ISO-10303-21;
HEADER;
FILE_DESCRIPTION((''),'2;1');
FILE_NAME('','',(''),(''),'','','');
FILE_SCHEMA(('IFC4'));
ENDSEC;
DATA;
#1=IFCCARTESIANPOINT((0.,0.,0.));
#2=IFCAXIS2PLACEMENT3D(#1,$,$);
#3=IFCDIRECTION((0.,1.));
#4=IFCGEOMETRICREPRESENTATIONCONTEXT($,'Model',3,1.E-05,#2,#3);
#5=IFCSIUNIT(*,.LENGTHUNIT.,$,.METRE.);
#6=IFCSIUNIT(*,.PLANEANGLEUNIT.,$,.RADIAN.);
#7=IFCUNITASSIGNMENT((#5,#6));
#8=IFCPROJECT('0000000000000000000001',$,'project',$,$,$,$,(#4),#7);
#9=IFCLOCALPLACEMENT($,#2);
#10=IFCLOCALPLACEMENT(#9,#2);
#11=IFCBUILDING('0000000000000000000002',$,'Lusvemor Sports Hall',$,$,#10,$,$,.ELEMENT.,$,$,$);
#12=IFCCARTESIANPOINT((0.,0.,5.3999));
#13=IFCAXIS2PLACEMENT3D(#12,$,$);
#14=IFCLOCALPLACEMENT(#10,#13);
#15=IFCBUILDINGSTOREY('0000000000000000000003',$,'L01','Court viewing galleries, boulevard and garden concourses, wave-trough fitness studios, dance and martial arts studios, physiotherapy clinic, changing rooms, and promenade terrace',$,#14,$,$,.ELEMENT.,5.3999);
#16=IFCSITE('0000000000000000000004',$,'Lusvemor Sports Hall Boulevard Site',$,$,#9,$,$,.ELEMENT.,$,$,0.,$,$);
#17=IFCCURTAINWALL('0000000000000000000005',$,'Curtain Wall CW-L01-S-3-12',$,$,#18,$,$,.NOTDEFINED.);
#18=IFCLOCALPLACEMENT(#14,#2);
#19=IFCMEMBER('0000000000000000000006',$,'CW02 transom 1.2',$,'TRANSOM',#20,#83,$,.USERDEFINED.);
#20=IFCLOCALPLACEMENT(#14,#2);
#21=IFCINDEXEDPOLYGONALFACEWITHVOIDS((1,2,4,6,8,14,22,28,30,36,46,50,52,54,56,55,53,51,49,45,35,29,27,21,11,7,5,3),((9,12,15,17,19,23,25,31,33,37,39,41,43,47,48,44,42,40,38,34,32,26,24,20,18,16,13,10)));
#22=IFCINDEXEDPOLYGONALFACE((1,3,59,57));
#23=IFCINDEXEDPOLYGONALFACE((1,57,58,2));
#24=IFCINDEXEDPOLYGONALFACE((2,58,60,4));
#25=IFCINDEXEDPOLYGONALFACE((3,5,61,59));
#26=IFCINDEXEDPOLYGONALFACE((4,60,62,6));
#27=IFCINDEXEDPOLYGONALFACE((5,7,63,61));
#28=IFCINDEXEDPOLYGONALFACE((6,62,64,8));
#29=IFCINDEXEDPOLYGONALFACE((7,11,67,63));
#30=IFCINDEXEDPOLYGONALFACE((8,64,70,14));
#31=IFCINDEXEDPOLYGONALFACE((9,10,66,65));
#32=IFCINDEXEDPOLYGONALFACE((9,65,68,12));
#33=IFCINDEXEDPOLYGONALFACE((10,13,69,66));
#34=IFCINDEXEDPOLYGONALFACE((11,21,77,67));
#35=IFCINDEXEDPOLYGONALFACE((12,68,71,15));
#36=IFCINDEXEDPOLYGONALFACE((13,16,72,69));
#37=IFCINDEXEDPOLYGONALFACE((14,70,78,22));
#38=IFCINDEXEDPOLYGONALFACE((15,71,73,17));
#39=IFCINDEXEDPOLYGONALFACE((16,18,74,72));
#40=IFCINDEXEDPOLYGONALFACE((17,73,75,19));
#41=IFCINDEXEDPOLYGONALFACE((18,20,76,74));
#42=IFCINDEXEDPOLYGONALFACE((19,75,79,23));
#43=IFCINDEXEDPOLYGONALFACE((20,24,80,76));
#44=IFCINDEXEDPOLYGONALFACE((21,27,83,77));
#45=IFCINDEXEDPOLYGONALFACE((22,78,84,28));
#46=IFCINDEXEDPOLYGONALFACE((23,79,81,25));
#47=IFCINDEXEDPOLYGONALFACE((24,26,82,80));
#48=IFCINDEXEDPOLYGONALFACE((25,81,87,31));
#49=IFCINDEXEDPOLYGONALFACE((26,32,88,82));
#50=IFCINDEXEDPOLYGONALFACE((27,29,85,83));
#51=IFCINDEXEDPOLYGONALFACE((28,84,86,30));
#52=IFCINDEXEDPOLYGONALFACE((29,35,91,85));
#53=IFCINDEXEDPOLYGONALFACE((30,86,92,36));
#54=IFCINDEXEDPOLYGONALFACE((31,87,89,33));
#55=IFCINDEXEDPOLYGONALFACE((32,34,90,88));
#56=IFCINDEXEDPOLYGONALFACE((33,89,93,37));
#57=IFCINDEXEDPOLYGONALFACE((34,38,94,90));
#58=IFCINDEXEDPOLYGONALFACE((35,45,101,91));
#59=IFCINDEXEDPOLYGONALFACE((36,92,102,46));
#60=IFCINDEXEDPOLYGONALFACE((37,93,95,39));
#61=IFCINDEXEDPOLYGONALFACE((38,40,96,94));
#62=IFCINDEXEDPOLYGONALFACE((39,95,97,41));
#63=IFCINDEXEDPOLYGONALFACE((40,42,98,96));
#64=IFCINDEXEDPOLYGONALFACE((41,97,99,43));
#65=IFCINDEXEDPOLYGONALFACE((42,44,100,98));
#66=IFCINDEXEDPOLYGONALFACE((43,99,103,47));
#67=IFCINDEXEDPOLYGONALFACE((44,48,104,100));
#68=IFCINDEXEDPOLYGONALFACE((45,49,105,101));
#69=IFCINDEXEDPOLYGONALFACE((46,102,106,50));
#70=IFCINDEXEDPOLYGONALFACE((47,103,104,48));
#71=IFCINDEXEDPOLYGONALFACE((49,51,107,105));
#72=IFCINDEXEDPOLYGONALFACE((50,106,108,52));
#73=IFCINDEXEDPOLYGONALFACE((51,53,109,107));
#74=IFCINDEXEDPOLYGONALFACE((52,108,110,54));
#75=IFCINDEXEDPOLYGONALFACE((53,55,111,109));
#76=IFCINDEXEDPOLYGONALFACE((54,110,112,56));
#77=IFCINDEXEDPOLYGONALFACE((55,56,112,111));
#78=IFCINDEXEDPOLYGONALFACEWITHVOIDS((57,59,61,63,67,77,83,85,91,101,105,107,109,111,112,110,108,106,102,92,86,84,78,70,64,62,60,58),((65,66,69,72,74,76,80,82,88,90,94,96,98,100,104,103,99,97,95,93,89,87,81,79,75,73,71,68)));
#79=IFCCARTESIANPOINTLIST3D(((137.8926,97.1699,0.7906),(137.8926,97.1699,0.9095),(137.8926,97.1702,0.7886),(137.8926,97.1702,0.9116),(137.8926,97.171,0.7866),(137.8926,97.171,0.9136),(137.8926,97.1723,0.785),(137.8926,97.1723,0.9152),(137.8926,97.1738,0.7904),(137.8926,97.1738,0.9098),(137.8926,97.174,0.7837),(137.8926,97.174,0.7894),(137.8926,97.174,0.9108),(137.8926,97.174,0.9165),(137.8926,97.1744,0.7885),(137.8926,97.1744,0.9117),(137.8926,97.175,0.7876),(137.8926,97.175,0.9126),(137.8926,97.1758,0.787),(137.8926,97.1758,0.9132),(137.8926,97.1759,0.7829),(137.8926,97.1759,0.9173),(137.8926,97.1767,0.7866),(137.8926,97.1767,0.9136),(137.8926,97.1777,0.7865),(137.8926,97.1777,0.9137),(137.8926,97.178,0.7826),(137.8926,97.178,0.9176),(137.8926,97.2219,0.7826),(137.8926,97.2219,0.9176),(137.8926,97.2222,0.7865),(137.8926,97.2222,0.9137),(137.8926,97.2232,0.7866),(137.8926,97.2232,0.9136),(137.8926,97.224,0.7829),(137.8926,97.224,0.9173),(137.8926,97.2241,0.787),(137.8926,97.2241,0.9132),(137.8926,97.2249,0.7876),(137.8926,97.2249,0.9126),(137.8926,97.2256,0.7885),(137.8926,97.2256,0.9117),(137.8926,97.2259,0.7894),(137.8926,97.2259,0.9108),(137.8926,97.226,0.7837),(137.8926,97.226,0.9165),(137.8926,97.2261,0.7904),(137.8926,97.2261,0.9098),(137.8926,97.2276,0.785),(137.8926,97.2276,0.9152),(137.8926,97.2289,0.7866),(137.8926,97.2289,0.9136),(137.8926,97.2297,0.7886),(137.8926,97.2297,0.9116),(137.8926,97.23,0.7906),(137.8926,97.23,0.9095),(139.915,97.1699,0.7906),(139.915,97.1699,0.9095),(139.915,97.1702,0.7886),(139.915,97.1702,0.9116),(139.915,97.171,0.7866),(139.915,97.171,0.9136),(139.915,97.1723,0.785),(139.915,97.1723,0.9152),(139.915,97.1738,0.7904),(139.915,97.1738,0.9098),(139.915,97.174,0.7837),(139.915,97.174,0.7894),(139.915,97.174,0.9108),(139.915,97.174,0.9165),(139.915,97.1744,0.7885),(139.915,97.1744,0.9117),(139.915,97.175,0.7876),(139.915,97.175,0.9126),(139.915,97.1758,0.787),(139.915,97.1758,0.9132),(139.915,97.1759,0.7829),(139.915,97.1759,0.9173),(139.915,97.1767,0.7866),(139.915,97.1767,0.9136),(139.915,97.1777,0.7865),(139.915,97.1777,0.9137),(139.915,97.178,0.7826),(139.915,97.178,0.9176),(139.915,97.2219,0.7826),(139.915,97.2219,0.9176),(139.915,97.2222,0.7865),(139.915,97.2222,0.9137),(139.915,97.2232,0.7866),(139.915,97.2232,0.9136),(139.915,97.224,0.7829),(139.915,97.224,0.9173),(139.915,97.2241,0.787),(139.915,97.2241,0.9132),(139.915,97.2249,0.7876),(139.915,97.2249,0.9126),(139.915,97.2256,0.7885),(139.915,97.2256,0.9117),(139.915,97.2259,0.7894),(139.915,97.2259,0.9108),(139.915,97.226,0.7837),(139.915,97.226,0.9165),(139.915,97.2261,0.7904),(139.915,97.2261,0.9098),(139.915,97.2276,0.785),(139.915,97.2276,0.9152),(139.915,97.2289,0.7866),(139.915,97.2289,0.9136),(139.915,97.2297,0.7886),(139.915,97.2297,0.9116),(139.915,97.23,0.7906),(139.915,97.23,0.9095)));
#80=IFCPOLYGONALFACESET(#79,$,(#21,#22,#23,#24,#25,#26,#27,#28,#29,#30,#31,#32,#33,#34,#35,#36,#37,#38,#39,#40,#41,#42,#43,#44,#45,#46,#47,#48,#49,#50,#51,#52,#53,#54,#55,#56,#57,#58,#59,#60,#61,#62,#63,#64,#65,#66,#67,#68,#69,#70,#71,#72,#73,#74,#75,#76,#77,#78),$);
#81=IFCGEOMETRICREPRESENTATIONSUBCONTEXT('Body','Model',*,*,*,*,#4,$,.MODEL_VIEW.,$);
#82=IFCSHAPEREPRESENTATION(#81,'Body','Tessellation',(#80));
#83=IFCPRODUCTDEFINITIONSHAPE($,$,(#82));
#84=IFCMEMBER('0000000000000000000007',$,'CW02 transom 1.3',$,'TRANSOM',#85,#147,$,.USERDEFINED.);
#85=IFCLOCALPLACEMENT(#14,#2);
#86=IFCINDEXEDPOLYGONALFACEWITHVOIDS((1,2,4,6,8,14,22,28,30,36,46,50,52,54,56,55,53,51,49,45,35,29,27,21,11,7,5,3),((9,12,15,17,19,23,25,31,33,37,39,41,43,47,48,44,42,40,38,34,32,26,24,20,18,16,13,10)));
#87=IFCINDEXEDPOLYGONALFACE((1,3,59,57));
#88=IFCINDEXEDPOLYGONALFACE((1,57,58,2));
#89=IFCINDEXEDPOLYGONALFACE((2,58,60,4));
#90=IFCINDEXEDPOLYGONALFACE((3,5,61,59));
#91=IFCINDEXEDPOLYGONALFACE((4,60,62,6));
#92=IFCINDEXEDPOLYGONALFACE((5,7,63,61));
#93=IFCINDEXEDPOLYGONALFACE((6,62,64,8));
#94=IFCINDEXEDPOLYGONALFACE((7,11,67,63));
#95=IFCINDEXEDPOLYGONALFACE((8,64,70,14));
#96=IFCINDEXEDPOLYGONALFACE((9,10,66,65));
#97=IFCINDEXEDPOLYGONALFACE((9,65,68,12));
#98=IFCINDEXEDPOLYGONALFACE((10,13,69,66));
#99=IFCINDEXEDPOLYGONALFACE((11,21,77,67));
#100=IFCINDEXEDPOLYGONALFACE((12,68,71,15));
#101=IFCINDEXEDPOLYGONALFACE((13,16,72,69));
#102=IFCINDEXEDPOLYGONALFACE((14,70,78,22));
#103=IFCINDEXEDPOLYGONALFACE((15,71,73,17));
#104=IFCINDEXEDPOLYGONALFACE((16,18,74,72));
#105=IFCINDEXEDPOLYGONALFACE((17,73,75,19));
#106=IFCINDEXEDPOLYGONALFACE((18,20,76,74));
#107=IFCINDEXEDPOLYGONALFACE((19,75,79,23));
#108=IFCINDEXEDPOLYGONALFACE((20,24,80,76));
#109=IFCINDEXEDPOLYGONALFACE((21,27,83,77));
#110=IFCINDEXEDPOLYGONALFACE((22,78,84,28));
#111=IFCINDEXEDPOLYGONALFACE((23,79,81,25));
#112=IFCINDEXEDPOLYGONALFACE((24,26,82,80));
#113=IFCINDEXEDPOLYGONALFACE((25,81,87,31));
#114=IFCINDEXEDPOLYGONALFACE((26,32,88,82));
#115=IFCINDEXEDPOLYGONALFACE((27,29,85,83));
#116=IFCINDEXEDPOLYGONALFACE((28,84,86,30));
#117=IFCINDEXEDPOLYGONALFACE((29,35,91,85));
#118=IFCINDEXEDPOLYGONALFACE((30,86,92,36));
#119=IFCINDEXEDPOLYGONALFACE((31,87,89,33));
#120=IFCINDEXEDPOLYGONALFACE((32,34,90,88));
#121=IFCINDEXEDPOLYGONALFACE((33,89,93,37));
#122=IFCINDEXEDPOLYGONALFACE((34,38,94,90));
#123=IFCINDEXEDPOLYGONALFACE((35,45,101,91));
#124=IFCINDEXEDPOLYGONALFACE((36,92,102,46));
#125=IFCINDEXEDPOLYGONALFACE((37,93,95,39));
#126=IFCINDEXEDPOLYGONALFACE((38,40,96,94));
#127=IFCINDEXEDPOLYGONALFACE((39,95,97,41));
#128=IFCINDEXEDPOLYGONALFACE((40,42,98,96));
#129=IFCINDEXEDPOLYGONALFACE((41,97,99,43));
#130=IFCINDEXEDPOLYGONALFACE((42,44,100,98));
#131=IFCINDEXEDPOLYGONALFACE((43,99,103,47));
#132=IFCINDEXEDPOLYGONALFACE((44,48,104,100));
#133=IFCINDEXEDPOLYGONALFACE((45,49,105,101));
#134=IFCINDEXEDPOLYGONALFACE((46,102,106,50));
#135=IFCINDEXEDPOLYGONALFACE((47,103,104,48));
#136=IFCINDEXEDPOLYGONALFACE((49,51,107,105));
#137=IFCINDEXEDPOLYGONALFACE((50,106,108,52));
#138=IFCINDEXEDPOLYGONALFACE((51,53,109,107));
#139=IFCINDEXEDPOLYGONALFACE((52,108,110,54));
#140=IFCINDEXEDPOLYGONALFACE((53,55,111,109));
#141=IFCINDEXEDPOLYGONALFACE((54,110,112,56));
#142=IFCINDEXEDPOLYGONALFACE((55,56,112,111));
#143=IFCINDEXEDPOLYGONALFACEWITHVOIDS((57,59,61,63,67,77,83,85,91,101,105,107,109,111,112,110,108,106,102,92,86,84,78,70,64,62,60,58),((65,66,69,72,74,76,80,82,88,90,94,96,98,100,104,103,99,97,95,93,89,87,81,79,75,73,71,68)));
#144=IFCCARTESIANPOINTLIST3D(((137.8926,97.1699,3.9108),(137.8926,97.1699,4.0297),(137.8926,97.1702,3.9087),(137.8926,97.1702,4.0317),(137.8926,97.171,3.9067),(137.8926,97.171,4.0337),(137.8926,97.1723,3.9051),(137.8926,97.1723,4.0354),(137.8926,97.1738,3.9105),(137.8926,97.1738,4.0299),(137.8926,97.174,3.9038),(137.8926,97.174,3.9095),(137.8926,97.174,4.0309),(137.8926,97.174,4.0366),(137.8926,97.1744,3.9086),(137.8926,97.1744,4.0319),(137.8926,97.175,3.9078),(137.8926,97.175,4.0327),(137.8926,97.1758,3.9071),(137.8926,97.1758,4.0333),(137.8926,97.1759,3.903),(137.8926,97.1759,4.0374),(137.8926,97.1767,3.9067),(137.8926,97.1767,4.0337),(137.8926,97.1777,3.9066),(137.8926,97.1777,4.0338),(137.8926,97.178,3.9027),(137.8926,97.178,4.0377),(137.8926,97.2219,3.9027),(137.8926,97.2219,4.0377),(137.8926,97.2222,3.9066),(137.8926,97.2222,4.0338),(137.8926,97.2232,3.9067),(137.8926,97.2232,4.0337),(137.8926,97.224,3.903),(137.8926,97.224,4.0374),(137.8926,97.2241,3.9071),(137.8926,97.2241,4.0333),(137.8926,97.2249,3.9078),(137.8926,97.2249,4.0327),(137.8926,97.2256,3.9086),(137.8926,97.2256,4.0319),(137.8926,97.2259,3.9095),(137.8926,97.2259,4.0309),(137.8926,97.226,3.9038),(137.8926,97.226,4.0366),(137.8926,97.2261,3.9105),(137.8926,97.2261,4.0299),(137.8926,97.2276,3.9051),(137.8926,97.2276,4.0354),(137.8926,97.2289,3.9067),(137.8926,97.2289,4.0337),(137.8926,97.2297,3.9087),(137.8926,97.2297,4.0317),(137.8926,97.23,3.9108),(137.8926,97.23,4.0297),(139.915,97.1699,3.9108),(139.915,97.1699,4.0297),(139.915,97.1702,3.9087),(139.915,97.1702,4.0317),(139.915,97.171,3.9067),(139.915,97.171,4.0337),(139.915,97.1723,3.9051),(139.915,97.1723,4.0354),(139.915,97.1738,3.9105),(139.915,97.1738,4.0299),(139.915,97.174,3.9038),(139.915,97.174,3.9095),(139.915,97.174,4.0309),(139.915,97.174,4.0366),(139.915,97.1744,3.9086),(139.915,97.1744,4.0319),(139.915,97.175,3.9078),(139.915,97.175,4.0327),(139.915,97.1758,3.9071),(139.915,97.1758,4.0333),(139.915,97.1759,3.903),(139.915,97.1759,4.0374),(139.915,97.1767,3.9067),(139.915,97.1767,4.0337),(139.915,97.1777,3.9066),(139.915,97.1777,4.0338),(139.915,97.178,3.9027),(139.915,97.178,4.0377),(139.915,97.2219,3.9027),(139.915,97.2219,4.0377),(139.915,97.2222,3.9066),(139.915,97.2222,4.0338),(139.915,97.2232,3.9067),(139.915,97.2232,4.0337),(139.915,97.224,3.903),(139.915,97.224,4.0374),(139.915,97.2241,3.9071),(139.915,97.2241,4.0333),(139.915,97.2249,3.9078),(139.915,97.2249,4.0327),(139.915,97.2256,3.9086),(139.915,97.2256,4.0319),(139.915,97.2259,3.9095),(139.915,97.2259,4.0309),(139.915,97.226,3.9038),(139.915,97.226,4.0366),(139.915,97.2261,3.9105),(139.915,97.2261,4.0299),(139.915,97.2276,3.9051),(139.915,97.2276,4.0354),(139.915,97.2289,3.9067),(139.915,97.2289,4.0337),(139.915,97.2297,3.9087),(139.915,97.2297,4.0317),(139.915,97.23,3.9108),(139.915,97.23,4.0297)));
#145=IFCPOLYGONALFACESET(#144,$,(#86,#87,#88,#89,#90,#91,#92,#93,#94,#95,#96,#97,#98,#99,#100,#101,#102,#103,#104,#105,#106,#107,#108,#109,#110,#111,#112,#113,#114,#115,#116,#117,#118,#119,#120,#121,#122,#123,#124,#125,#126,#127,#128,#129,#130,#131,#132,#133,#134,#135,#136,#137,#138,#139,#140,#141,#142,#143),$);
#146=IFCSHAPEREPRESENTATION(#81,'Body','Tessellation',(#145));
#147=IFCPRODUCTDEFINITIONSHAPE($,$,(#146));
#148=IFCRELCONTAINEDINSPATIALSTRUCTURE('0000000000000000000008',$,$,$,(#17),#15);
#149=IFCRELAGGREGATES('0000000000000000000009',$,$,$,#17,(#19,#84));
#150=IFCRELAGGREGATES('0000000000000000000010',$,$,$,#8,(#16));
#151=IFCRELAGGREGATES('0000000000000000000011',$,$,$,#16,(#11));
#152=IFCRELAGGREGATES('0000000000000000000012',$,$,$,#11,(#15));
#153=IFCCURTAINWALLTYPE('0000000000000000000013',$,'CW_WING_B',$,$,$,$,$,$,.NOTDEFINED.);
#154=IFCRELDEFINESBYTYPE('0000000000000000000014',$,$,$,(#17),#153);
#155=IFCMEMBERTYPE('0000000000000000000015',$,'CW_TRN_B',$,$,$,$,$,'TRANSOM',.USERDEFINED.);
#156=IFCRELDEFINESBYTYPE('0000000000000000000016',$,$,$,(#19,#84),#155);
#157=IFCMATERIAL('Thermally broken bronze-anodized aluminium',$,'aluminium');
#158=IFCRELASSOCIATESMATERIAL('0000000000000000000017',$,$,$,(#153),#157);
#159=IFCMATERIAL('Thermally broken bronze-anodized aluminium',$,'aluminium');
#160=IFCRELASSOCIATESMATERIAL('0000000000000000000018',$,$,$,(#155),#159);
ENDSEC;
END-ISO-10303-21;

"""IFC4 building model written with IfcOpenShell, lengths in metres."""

from ifc_helpers import new_model, si_unit, direction, frame, origin, origin_2d, place, context, subcontext, project, spatial, hollow_rectangle, extrude, material, material_profile, profile_set, type_object, element, aggregate, save


model = new_model("IFC4")

# Units and contexts
model_context = context("Model", 3, precision=1e-05, world=origin(), true_north=direction((0.0, 1.0)))
body_context = subcontext(model_context, "Body", "Model", "MODEL_VIEW")
ifc_project = project(units=[si_unit("LENGTHUNIT", "METRE"), si_unit("PLANEANGLEUNIT", "RADIAN")], contexts=[model_context])

# Site, building, storey
site_placement = place(None, origin())
site = spatial("IfcSite", under=ifc_project, at=site_placement, Name="Lusvemor Sports Hall Boulevard Site", CompositionType="ELEMENT", RefElevation=0.0)
building_placement = place(site_placement, origin())
building = spatial("IfcBuilding", under=site, at=building_placement, Name="Lusvemor Sports Hall", CompositionType="ELEMENT")
storey_placement = place(building_placement, frame((0.0, 0.0, 5.3999)))
storey = spatial("IfcBuildingStorey", under=building, at=storey_placement, Name="L01", Description="Court viewing galleries, boulevard and garden concourses, wave-trough fitness studios, dance and martial arts studios, physiotherapy clinic, changing rooms, and promenade terrace", CompositionType="ELEMENT", Elevation=5.3999)

# Curtain wall, members
ifc_material_1 = material(Name="Thermally broken bronze-anodized aluminium", Category="aluminium")
curtain_wall_type = type_object("IfcCurtainWallType", Name="CW_WING_B", PredefinedType="NOTDEFINED", material=ifc_material_1)
curtain_wall_placement = place(storey_placement, origin())
curtain_wall = element("IfcCurtainWall", 1, at=curtain_wall_placement, inside=storey, type_object=curtain_wall_type, Name="Curtain Wall CW-L01-S-3-12", PredefinedType="NOTDEFINED")
ifc_material_2 = material(Name="Thermally broken bronze-anodized aluminium", Category="aluminium")
ifc_material_profile_1 = material_profile(ifc_material_2, hollow_rectangle(XDim=0.0601, YDim=0.135, WallThickness=0.0039, InnerFilletRadius=0.0039, OuterFilletRadius=0.0081, at=origin_2d()), Name="CWTRN135x60x4")
ifc_profile_set_1 = profile_set([ifc_material_profile_1], Name="Thermally broken bronze-anodized aluminium")
member_type_1 = type_object("IfcMemberType", Name="CW_TRN_B", ElementType="TRANSOM", PredefinedType="USERDEFINED", material=ifc_profile_set_1)
member_1_placement = place(storey_placement, frame((139.915, 97.2, 0.8501), z_axis=(-1.0, 0.0, 0.0), x_axis=(0.0, -1.0, 0.0)))
member_1 = element("IfcMember", 2, at=member_1_placement, type_object=member_type_1, Name="CW02 transom 1.2", ObjectType="TRANSOM", PredefinedType="USERDEFINED", context=body_context, shape_type="SweptSolid", body=[
    extrude(hollow_rectangle(XDim=0.0601, YDim=0.135, WallThickness=0.0039, InnerFilletRadius=0.0039, OuterFilletRadius=0.0081, at=origin_2d()), origin(), (0.0, 0.0, 1.0), 2.0225),
])
member_2_placement = place(storey_placement, frame((139.915, 97.2, 3.9702), z_axis=(-1.0, 0.0, 0.0), x_axis=(0.0, -1.0, 0.0)))
member_2 = element("IfcMember", 3, at=member_2_placement, type_object=member_type_1, Name="CW02 transom 1.3", ObjectType="TRANSOM", PredefinedType="USERDEFINED", context=body_context, shape_type="SweptSolid", body=[
    extrude(hollow_rectangle(XDim=0.0601, YDim=0.135, WallThickness=0.0039, InnerFilletRadius=0.0039, OuterFilletRadius=0.0081, at=origin_2d()), origin(), (0.0, 0.0, 1.0), 2.0225),
])

aggregate(curtain_wall, [member_1, member_2])

save(model, "model.ifc")
